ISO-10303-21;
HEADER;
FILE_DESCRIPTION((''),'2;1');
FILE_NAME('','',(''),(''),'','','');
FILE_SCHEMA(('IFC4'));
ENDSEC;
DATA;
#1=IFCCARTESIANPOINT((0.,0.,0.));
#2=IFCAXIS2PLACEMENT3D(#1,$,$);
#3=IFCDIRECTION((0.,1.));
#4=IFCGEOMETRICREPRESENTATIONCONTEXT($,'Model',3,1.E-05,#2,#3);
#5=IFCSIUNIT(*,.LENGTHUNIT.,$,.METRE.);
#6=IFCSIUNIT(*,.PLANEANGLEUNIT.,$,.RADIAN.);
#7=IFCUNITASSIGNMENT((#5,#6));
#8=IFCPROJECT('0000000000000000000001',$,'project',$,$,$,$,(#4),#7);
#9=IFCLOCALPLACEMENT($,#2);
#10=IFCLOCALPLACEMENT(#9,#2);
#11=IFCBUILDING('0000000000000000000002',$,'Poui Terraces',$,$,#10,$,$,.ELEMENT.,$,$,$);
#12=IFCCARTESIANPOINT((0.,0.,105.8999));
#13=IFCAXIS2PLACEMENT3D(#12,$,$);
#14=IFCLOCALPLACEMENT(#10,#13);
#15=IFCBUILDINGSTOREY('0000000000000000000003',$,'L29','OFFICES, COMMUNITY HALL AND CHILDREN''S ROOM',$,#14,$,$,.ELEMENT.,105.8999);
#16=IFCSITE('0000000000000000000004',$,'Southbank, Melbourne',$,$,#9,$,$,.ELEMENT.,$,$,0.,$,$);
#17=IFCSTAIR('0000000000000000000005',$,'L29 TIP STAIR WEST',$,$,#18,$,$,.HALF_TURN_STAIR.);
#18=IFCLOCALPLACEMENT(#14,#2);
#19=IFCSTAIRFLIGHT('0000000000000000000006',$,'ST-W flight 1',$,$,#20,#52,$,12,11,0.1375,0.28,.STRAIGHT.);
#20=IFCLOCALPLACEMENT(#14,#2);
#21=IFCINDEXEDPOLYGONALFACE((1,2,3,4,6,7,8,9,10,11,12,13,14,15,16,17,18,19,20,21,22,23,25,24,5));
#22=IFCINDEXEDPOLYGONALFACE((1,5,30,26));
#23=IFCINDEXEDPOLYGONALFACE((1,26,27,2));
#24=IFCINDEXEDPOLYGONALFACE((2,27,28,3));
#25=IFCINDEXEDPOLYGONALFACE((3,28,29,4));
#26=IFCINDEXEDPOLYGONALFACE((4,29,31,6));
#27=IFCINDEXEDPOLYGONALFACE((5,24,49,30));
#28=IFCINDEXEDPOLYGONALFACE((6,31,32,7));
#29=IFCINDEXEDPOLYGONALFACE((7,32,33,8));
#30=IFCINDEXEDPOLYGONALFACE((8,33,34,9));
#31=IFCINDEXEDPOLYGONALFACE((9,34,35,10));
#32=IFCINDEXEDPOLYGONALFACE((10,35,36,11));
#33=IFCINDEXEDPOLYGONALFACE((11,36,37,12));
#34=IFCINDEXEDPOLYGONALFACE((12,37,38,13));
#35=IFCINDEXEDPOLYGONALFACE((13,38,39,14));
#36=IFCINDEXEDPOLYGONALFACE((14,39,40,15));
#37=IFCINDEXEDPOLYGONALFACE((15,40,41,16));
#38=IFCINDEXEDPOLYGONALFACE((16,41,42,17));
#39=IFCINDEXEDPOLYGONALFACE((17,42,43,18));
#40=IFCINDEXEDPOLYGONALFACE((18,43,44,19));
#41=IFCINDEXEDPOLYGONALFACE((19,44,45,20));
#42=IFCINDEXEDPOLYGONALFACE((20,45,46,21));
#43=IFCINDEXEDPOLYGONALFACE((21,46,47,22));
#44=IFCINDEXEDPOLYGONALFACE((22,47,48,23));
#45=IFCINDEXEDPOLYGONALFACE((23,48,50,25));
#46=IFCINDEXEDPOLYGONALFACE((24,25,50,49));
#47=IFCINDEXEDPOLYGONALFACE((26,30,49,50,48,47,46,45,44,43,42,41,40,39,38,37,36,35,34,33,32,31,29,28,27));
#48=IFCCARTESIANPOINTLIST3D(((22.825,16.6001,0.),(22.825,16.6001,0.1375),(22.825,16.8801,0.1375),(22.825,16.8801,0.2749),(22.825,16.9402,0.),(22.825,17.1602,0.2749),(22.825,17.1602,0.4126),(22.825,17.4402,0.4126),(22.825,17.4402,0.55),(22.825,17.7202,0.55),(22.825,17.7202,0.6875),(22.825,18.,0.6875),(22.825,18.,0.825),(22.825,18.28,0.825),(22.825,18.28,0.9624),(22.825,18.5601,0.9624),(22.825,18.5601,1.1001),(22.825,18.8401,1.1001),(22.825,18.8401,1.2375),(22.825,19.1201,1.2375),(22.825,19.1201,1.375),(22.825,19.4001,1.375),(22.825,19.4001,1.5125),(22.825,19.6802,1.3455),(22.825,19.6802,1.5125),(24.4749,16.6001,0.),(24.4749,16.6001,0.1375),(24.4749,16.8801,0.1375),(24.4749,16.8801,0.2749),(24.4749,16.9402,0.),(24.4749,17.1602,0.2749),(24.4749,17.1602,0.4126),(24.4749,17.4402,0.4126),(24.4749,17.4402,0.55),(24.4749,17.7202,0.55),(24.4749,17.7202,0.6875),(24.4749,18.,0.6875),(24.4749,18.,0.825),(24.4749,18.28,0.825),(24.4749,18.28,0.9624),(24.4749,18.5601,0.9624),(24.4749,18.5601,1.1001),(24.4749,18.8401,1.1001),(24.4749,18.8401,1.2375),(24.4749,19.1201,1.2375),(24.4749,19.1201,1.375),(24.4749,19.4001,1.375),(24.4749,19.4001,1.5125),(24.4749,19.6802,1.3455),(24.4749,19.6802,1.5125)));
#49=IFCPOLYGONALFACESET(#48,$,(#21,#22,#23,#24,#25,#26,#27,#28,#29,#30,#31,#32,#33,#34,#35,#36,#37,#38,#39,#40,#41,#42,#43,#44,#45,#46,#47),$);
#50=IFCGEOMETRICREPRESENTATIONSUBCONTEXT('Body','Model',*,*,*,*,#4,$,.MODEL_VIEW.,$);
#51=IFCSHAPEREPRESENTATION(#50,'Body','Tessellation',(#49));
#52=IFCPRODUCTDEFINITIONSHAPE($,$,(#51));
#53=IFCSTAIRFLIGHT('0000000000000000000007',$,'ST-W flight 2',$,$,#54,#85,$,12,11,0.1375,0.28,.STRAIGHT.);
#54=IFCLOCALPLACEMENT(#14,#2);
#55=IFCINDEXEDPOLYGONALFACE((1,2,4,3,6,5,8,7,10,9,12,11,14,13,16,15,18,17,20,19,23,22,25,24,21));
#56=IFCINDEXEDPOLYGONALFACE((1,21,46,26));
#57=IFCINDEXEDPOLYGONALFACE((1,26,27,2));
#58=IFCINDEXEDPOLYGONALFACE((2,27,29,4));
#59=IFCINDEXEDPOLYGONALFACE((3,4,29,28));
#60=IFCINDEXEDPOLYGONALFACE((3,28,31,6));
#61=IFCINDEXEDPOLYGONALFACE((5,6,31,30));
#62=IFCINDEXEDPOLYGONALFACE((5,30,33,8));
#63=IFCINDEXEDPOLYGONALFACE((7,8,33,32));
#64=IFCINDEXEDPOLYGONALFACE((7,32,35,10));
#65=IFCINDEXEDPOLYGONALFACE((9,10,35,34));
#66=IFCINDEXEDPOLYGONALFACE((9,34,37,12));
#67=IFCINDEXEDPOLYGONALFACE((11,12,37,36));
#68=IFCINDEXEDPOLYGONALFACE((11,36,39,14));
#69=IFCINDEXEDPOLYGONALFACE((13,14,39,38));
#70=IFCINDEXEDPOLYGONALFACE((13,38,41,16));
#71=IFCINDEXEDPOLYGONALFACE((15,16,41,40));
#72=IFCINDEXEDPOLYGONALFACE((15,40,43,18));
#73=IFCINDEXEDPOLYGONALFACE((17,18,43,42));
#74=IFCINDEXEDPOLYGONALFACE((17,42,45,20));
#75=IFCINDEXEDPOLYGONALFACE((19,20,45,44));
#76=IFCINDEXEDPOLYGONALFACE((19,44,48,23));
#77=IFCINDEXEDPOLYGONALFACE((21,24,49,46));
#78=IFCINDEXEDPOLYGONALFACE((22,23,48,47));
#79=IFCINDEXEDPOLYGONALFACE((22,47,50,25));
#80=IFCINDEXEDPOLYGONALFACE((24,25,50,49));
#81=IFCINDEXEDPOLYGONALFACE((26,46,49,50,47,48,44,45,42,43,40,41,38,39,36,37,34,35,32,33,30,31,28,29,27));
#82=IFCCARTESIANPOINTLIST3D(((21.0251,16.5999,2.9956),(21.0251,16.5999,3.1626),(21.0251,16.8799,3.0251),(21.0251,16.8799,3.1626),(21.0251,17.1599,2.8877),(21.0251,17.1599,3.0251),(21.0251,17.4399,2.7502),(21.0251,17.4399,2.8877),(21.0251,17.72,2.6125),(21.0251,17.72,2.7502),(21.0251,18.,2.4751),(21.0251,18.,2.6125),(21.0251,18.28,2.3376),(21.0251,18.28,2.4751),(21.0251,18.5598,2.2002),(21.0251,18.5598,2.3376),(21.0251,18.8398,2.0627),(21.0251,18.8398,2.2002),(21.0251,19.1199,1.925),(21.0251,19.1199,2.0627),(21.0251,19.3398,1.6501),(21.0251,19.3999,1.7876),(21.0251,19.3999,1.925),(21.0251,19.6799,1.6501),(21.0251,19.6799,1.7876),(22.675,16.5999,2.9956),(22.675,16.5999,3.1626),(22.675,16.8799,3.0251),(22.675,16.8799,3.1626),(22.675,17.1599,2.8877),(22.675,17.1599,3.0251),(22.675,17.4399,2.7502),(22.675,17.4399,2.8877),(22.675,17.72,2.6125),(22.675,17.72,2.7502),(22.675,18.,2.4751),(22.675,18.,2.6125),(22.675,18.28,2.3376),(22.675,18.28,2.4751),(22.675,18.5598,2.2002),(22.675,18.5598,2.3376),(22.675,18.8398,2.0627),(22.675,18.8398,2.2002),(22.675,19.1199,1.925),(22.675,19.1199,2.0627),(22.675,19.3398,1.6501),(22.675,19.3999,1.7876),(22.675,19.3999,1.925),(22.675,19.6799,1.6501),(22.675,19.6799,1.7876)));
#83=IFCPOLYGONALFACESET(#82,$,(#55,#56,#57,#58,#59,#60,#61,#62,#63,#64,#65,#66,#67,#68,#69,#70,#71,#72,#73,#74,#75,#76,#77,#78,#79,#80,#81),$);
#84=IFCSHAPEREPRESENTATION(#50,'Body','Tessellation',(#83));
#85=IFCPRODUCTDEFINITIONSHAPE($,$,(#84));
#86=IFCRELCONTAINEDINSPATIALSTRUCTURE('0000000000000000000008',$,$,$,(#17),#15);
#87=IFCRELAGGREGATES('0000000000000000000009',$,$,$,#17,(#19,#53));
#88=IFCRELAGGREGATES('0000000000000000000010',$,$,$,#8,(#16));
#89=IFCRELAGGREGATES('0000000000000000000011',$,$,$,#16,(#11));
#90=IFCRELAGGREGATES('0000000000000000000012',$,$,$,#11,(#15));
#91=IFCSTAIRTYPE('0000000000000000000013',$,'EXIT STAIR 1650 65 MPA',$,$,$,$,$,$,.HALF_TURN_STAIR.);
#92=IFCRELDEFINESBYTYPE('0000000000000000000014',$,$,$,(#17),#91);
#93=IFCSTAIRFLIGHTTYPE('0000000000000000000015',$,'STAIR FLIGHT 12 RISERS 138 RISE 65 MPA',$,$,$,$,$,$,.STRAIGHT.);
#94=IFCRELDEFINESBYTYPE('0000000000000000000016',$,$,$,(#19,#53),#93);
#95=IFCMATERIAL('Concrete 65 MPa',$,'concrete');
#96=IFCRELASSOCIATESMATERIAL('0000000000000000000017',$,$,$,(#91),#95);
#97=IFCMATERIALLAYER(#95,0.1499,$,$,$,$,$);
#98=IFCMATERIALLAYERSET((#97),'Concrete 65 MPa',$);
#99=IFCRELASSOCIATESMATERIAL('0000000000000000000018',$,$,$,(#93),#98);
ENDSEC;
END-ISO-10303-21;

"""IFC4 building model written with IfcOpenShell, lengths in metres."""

from ifc_helpers import new_model, si_unit, direction, frame, origin, place, context, subcontext, project, spatial, polyline, outline, extrude, material, layer, layer_set, type_object, element, aggregate, save


model = new_model("IFC4")

# Units and contexts
model_context = context("Model", 3, precision=1e-05, world=origin(), true_north=direction((0.0, 1.0)))
body_context = subcontext(model_context, "Body", "Model", "MODEL_VIEW")
ifc_project = project(units=[si_unit("LENGTHUNIT", "METRE"), si_unit("PLANEANGLEUNIT", "RADIAN")], contexts=[model_context])

# Site, building, storey
site_placement = place(None, origin())
site = spatial("IfcSite", under=ifc_project, at=site_placement, Name="Southbank, Melbourne", CompositionType="ELEMENT", RefElevation=0.0)
building_placement = place(site_placement, origin())
building = spatial("IfcBuilding", under=site, at=building_placement, Name="Poui Terraces", CompositionType="ELEMENT")
storey_placement = place(building_placement, frame((0.0, 0.0, 105.8999)))
storey = spatial("IfcBuildingStorey", under=building, at=storey_placement, Name="L29", Description="OFFICES, COMMUNITY HALL AND CHILDREN'S ROOM", CompositionType="ELEMENT", Elevation=105.8999)

# Shared definitions
ifc_material_1 = material(Name="Concrete 65 MPa", Category="concrete")

# Stair, stair flights
stair_type = type_object("IfcStairType", Name="EXIT STAIR 1650 65 MPA", PredefinedType="HALF_TURN_STAIR", material=ifc_material_1)
stair_placement = place(storey_placement, origin())
stair = element("IfcStair", 1, at=stair_placement, inside=storey, type_object=stair_type, Name="L29 TIP STAIR WEST", PredefinedType="HALF_TURN_STAIR")
ifc_layer_1 = layer(ifc_material_1, 0.1499)
ifc_layer_set_1 = layer_set([ifc_layer_1], Name="Concrete 65 MPa")
stair_flight_type = type_object("IfcStairFlightType", Name="STAIR FLIGHT 12 RISERS 138 RISE 65 MPA", PredefinedType="STRAIGHT", material=ifc_layer_set_1)
stair_flight_1_placement = place(storey_placement, frame((23.6499, 16.6001, 0.0), z_axis=(0.0, 0.0, 1.0), x_axis=(0.0, 1.0, 0.0)))
stair_flight_1 = element("IfcStairFlight", 2, at=stair_flight_1_placement, type_object=stair_flight_type, Name="ST-W flight 1", NumberOfRisers=12, NumberOfTreads=11, PredefinedType="STRAIGHT", RiserHeight=0.1375, TreadLength=0.28, context=body_context, shape_type="SweptSolid", body=[
    extrude(outline(polyline([(0.0, 0.0), (0.0, 0.1375), (0.28, 0.1375), (0.28, 0.2749), (0.5601, 0.2749), (0.5601, 0.4126), (0.8401, 0.4126), (0.8401, 0.55), (1.1201, 0.55), (1.1201, 0.6875), (1.3999, 0.6875), (1.3999, 0.825), (1.6799, 0.825), (1.6799, 0.9624), (1.96, 0.9624), (1.96, 1.1001), (2.24, 1.1001), (2.24, 1.2375), (2.52, 1.2375), (2.52, 1.375), (2.8, 1.375), (2.8, 1.5125), (3.0801, 1.5125), (3.0801, 1.6499), (3.0801, 1.3455), (0.3401, 0.0), (0.0, 0.0)])), frame((0.0, 0.825, 0.0), z_axis=(0.0, -1.0, 0.0), x_axis=(1.0, 0.0, 0.0)), (0.0, 0.0, 1.0), 1.6499),
])
stair_flight_2_placement = place(storey_placement, frame((21.8501, 19.6799, 1.6501), z_axis=(0.0, 0.0, 1.0), x_axis=(0.0, -1.0, 0.0)))
stair_flight_2 = element("IfcStairFlight", 3, at=stair_flight_2_placement, type_object=stair_flight_type, Name="ST-W flight 2", NumberOfRisers=12, NumberOfTreads=11, PredefinedType="STRAIGHT", RiserHeight=0.1375, TreadLength=0.28, context=body_context, shape_type="SweptSolid", body=[
    extrude(outline(polyline([(0.0, 0.0), (0.0, 0.1375), (0.28, 0.1375), (0.28, 0.2749), (0.5601, 0.2749), (0.5601, 0.4126), (0.8401, 0.4126), (0.8401, 0.55), (1.1201, 0.55), (1.1201, 0.6875), (1.3999, 0.6875), (1.3999, 0.825), (1.6799, 0.825), (1.6799, 0.9624), (1.96, 0.9624), (1.96, 1.1001), (2.24, 1.1001), (2.24, 1.2375), (2.52, 1.2375), (2.52, 1.375), (2.8, 1.375), (2.8, 1.5125), (3.0801, 1.5125), (3.0801, 1.6499), (3.0801, 1.3455), (0.3401, 0.0), (0.0, 0.0)])), frame((0.0, 0.825, 0.0), z_axis=(0.0, -1.0, 0.0), x_axis=(1.0, 0.0, 0.0)), (0.0, 0.0, 1.0), 1.6499),
])
aggregate(stair, [stair_flight_1, stair_flight_2])

save(model, "model.ifc")
